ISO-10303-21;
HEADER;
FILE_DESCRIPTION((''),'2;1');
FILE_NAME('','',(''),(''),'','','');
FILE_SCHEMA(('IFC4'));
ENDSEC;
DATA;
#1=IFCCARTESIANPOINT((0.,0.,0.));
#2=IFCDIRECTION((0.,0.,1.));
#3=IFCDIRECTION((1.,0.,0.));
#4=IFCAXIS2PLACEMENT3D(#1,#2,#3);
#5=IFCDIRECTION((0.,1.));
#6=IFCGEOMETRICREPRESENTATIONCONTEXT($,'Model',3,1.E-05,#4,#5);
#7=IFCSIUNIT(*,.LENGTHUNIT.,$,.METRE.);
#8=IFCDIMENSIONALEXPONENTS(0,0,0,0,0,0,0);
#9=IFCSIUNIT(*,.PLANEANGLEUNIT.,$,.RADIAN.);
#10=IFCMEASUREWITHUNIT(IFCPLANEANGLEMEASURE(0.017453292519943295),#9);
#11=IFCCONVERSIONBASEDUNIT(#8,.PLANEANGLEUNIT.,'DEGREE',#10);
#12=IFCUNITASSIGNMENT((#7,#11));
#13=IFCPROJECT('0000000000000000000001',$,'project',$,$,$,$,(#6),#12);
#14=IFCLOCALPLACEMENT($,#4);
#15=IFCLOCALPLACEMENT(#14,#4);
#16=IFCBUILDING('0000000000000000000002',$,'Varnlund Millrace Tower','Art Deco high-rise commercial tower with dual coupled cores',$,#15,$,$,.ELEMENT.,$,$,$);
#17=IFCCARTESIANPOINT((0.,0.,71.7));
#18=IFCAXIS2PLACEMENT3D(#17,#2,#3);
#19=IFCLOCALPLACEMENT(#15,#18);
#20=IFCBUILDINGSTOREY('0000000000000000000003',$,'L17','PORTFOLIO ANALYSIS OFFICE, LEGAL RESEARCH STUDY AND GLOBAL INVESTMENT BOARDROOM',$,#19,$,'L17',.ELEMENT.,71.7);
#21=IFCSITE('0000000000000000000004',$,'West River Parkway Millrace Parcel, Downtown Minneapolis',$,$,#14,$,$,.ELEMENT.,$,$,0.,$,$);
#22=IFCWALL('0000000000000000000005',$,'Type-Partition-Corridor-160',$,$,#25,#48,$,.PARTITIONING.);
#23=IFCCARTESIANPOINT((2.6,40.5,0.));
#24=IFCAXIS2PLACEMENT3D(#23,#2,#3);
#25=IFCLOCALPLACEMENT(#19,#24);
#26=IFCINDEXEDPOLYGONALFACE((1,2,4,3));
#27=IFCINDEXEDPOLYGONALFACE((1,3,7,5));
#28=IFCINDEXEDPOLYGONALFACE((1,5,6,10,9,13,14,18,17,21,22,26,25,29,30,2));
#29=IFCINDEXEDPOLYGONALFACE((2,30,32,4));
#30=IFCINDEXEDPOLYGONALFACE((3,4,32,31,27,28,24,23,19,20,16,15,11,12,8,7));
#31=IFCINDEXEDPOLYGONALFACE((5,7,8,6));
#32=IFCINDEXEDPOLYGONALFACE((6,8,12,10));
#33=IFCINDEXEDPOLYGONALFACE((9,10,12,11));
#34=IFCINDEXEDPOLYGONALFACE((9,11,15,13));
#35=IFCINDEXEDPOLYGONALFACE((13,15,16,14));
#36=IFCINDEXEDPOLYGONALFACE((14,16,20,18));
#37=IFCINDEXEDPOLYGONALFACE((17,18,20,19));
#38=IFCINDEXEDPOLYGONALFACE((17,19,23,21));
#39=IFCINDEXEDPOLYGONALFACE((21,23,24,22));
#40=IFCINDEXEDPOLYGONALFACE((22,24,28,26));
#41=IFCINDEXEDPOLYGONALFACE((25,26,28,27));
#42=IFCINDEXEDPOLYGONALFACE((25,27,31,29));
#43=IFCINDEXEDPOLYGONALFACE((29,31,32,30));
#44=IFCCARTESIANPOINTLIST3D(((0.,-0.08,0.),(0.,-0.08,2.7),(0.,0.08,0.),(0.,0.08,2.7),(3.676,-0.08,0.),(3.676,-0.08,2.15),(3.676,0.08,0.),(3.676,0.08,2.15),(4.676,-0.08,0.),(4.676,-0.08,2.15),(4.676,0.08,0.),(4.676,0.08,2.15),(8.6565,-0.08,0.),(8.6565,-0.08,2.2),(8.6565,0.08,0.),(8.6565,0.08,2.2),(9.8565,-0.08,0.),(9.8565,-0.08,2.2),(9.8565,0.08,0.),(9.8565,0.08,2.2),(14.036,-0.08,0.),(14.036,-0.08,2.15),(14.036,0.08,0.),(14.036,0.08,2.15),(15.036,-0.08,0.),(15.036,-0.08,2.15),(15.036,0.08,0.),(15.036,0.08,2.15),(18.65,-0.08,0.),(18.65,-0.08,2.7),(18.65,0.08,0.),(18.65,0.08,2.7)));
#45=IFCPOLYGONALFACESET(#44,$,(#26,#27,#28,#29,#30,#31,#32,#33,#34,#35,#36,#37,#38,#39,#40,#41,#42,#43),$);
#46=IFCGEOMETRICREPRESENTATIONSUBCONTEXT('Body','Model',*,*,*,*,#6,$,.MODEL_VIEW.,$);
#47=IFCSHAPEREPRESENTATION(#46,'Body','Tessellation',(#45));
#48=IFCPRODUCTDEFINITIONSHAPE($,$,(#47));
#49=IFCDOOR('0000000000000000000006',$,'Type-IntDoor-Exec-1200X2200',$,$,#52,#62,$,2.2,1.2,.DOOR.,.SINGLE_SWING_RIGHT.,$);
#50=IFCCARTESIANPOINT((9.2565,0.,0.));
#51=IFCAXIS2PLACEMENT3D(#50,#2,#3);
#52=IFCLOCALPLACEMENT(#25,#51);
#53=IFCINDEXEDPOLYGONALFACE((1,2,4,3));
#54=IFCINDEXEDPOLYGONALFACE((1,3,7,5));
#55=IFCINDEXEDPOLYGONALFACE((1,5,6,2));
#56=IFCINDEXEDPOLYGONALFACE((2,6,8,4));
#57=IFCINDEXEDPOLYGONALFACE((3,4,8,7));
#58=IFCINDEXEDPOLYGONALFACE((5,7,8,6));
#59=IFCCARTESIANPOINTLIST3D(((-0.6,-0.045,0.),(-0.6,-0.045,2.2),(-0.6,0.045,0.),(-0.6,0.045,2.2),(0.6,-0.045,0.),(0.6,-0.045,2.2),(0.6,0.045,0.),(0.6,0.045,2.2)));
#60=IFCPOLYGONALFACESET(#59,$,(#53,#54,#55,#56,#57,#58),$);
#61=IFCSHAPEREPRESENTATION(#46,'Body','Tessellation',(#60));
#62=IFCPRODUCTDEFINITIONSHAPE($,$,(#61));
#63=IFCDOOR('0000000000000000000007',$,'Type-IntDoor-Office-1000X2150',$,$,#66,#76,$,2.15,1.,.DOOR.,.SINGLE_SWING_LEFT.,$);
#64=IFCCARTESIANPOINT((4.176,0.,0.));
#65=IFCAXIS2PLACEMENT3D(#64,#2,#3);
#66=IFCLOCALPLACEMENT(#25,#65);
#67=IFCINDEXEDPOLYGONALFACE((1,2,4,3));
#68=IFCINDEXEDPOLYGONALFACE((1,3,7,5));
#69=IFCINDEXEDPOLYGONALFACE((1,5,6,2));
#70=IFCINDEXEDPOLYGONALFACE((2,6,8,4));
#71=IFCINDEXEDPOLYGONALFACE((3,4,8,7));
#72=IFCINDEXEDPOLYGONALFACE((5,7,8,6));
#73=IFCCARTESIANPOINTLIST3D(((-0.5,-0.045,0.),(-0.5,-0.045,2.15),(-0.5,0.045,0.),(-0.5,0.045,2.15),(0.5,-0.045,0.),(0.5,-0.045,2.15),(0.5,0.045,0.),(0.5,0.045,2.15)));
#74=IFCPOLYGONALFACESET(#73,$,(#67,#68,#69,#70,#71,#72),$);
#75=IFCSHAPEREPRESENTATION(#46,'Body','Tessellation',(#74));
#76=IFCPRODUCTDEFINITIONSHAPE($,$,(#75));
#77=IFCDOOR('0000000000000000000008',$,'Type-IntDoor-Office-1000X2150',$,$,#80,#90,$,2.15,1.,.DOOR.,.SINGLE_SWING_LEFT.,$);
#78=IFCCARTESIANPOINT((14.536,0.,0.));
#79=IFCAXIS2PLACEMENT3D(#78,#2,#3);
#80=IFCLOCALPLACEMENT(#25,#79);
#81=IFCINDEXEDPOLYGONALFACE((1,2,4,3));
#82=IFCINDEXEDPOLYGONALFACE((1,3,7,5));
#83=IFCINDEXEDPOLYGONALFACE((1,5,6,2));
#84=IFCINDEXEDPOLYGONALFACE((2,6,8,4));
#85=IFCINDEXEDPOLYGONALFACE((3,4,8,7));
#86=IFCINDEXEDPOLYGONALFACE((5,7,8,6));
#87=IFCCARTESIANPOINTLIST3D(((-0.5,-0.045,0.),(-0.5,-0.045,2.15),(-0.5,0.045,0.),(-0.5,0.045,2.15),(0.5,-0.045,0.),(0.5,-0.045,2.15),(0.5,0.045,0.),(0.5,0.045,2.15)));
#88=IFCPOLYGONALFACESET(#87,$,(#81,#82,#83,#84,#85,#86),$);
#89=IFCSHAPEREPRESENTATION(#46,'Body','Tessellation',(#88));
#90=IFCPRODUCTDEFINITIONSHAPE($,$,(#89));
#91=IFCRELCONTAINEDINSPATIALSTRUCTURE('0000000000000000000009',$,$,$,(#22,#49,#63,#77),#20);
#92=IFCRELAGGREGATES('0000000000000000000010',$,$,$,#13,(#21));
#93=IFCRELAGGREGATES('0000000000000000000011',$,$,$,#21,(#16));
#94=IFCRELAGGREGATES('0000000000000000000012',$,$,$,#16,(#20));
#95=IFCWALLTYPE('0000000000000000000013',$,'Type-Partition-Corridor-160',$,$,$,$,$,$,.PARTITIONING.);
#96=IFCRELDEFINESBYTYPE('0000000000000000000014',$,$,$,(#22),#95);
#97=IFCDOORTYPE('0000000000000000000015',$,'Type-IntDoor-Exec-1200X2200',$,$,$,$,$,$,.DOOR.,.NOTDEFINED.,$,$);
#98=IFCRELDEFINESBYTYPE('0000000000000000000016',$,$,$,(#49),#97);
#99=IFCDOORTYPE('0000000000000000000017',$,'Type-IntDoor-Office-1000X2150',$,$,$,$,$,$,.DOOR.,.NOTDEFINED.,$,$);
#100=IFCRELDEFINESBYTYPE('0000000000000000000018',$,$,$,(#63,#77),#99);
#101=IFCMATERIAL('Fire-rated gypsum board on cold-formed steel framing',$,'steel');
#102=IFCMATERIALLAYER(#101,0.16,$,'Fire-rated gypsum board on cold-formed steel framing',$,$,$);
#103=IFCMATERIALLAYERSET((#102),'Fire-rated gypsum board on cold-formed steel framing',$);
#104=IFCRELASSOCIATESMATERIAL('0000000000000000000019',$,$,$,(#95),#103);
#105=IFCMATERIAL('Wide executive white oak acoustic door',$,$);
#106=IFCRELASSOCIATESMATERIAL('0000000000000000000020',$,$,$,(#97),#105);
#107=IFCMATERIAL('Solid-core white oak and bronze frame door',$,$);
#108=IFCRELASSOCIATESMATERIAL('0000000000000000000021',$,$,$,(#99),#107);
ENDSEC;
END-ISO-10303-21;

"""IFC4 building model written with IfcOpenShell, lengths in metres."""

from ifc_helpers import new_model, entity, si_unit, converted_unit, direction, frame, origin_with_axes, origin_2d_with_axis, place, context, subcontext, project, spatial, polyline, rectangle, outline, extrude, material, layer, layer_set, type_object, element, fill, save


model = new_model("IFC4")

# Units and contexts
model_context = context("Model", 3, precision=1e-05, world=origin_with_axes(), true_north=direction((0.0, 1.0)))
body_context = subcontext(model_context, "Body", "Model", "MODEL_VIEW")
ifc_project = project(units=[si_unit("LENGTHUNIT", "METRE"), converted_unit("PLANEANGLEUNIT", "DEGREE", entity("IfcPlaneAngleMeasure", 0.017453292519943295), si_unit("PLANEANGLEUNIT", "RADIAN"), dimensions=[0, 0, 0, 0, 0, 0, 0])], contexts=[model_context])

# Site, building, storey
site_placement = place(None, origin_with_axes())
site = spatial("IfcSite", under=ifc_project, at=site_placement, Name="West River Parkway Millrace Parcel, Downtown Minneapolis", CompositionType="ELEMENT", RefElevation=0.0)
building_placement = place(site_placement, origin_with_axes())
building = spatial("IfcBuilding", under=site, at=building_placement, Name="Varnlund Millrace Tower", Description="Art Deco high-rise commercial tower with dual coupled cores", CompositionType="ELEMENT")
storey_placement = place(building_placement, frame((0.0, 0.0, 71.7), z_axis=(0.0, 0.0, 1.0), x_axis=(1.0, 0.0, 0.0)))
storey = spatial("IfcBuildingStorey", under=building, at=storey_placement, Name="L17", Description="PORTFOLIO ANALYSIS OFFICE, LEGAL RESEARCH STUDY AND GLOBAL INVESTMENT BOARDROOM", LongName="L17", CompositionType="ELEMENT", Elevation=71.7)

# Wall, openings, doors
ifc_material_1 = material(Name="Fire-rated gypsum board on cold-formed steel framing", Category="steel")
ifc_layer_1 = layer(ifc_material_1, 0.16, Name="Fire-rated gypsum board on cold-formed steel framing")
ifc_layer_set_1 = layer_set([ifc_layer_1], Name="Fire-rated gypsum board on cold-formed steel framing")
wall_type_1 = type_object("IfcWallType", Name="Type-Partition-Corridor-160", PredefinedType="PARTITIONING", material=ifc_layer_set_1)
wall_1_placement = place(storey_placement, frame((2.6, 40.5, 0.0), z_axis=(0.0, 0.0, 1.0), x_axis=(1.0, 0.0, 0.0)))
wall_1 = element("IfcWall", 1, at=wall_1_placement, inside=storey, type_object=wall_type_1, Name="Type-Partition-Corridor-160", PredefinedType="PARTITIONING", context=body_context, shape_type="SweptSolid", body=[
    extrude(outline(polyline([(0.0, -0.08), (18.65, -0.08), (18.65, 0.08), (0.0, 0.08), (0.0, -0.08)])), origin_with_axes(), (0.0, 0.0, 1.0), 2.7),
])
opening_1_placement = place(wall_1_placement, frame((4.176, 0.0, 0.0), z_axis=(0.0, 0.0, 1.0), x_axis=(1.0, 0.0, 0.0)))
opening_1 = element("IfcOpeningElement", 2, at=opening_1_placement, cuts=wall_1, PredefinedType="OPENING", context=body_context, shape_type="SweptSolid", body=[
    extrude(rectangle(XDim=1.0, YDim=0.18, at=origin_2d_with_axis()), origin_with_axes(), (0.0, 0.0, 1.0), 2.15),
])
opening_2_placement = place(wall_1_placement, frame((9.2565, 0.0, 0.0), z_axis=(0.0, 0.0, 1.0), x_axis=(1.0, 0.0, 0.0)))
opening_2 = element("IfcOpeningElement", 3, at=opening_2_placement, cuts=wall_1, PredefinedType="OPENING", context=body_context, shape_type="SweptSolid", body=[
    extrude(rectangle(XDim=1.2, YDim=0.18, at=origin_2d_with_axis()), origin_with_axes(), (0.0, 0.0, 1.0), 2.2),
])
opening_3_placement = place(wall_1_placement, frame((14.536, 0.0, 0.0), z_axis=(0.0, 0.0, 1.0), x_axis=(1.0, 0.0, 0.0)))
opening_3 = element("IfcOpeningElement", 4, at=opening_3_placement, cuts=wall_1, PredefinedType="OPENING", context=body_context, shape_type="SweptSolid", body=[
    extrude(rectangle(XDim=1.0, YDim=0.18, at=origin_2d_with_axis()), origin_with_axes(), (0.0, 0.0, 1.0), 2.15),
])
ifc_material_2 = material(Name="Wide executive white oak acoustic door")
door_type_1 = type_object("IfcDoorType", Name="Type-IntDoor-Exec-1200X2200", OperationType="NOTDEFINED", PredefinedType="DOOR", material=ifc_material_2)
door_1_placement = place(wall_1_placement, frame((9.2565, 0.0, 0.0), z_axis=(0.0, 0.0, 1.0), x_axis=(1.0, 0.0, 0.0)))
door_1 = element("IfcDoor", 5, at=door_1_placement, inside=storey, type_object=door_type_1, Name="Type-IntDoor-Exec-1200X2200", OperationType="SINGLE_SWING_RIGHT", OverallHeight=2.2, OverallWidth=1.2, PredefinedType="DOOR", context=body_context, shape_type="SweptSolid", body=[
    extrude(rectangle(XDim=1.2, YDim=0.09, at=origin_2d_with_axis()), origin_with_axes(), (0.0, 0.0, 1.0), 2.2),
])
fill(opening_2, door_1)
ifc_material_3 = material(Name="Solid-core white oak and bronze frame door")
door_type_2 = type_object("IfcDoorType", Name="Type-IntDoor-Office-1000X2150", OperationType="NOTDEFINED", PredefinedType="DOOR", material=ifc_material_3)
door_2_placement = place(wall_1_placement, frame((4.176, 0.0, 0.0), z_axis=(0.0, 0.0, 1.0), x_axis=(1.0, 0.0, 0.0)))
door_2 = element("IfcDoor", 6, at=door_2_placement, inside=storey, type_object=door_type_2, Name="Type-IntDoor-Office-1000X2150", OperationType="SINGLE_SWING_LEFT", OverallHeight=2.15, OverallWidth=1.0, PredefinedType="DOOR", context=body_context, shape_type="SweptSolid", body=[
    extrude(rectangle(XDim=1.0, YDim=0.09, at=origin_2d_with_axis()), origin_with_axes(), (0.0, 0.0, 1.0), 2.15),
])
fill(opening_1, door_2)
door_3_placement = place(wall_1_placement, frame((14.536, 0.0, 0.0), z_axis=(0.0, 0.0, 1.0), x_axis=(1.0, 0.0, 0.0)))
door_3 = element("IfcDoor", 7, at=door_3_placement, inside=storey, type_object=door_type_2, Name="Type-IntDoor-Office-1000X2150", OperationType="SINGLE_SWING_LEFT", OverallHeight=2.15, OverallWidth=1.0, PredefinedType="DOOR", context=body_context, shape_type="SweptSolid", body=[
    extrude(rectangle(XDim=1.0, YDim=0.09, at=origin_2d_with_axis()), origin_with_axes(), (0.0, 0.0, 1.0), 2.15),
])
fill(opening_3, door_3)

save(model, "model.ifc")
